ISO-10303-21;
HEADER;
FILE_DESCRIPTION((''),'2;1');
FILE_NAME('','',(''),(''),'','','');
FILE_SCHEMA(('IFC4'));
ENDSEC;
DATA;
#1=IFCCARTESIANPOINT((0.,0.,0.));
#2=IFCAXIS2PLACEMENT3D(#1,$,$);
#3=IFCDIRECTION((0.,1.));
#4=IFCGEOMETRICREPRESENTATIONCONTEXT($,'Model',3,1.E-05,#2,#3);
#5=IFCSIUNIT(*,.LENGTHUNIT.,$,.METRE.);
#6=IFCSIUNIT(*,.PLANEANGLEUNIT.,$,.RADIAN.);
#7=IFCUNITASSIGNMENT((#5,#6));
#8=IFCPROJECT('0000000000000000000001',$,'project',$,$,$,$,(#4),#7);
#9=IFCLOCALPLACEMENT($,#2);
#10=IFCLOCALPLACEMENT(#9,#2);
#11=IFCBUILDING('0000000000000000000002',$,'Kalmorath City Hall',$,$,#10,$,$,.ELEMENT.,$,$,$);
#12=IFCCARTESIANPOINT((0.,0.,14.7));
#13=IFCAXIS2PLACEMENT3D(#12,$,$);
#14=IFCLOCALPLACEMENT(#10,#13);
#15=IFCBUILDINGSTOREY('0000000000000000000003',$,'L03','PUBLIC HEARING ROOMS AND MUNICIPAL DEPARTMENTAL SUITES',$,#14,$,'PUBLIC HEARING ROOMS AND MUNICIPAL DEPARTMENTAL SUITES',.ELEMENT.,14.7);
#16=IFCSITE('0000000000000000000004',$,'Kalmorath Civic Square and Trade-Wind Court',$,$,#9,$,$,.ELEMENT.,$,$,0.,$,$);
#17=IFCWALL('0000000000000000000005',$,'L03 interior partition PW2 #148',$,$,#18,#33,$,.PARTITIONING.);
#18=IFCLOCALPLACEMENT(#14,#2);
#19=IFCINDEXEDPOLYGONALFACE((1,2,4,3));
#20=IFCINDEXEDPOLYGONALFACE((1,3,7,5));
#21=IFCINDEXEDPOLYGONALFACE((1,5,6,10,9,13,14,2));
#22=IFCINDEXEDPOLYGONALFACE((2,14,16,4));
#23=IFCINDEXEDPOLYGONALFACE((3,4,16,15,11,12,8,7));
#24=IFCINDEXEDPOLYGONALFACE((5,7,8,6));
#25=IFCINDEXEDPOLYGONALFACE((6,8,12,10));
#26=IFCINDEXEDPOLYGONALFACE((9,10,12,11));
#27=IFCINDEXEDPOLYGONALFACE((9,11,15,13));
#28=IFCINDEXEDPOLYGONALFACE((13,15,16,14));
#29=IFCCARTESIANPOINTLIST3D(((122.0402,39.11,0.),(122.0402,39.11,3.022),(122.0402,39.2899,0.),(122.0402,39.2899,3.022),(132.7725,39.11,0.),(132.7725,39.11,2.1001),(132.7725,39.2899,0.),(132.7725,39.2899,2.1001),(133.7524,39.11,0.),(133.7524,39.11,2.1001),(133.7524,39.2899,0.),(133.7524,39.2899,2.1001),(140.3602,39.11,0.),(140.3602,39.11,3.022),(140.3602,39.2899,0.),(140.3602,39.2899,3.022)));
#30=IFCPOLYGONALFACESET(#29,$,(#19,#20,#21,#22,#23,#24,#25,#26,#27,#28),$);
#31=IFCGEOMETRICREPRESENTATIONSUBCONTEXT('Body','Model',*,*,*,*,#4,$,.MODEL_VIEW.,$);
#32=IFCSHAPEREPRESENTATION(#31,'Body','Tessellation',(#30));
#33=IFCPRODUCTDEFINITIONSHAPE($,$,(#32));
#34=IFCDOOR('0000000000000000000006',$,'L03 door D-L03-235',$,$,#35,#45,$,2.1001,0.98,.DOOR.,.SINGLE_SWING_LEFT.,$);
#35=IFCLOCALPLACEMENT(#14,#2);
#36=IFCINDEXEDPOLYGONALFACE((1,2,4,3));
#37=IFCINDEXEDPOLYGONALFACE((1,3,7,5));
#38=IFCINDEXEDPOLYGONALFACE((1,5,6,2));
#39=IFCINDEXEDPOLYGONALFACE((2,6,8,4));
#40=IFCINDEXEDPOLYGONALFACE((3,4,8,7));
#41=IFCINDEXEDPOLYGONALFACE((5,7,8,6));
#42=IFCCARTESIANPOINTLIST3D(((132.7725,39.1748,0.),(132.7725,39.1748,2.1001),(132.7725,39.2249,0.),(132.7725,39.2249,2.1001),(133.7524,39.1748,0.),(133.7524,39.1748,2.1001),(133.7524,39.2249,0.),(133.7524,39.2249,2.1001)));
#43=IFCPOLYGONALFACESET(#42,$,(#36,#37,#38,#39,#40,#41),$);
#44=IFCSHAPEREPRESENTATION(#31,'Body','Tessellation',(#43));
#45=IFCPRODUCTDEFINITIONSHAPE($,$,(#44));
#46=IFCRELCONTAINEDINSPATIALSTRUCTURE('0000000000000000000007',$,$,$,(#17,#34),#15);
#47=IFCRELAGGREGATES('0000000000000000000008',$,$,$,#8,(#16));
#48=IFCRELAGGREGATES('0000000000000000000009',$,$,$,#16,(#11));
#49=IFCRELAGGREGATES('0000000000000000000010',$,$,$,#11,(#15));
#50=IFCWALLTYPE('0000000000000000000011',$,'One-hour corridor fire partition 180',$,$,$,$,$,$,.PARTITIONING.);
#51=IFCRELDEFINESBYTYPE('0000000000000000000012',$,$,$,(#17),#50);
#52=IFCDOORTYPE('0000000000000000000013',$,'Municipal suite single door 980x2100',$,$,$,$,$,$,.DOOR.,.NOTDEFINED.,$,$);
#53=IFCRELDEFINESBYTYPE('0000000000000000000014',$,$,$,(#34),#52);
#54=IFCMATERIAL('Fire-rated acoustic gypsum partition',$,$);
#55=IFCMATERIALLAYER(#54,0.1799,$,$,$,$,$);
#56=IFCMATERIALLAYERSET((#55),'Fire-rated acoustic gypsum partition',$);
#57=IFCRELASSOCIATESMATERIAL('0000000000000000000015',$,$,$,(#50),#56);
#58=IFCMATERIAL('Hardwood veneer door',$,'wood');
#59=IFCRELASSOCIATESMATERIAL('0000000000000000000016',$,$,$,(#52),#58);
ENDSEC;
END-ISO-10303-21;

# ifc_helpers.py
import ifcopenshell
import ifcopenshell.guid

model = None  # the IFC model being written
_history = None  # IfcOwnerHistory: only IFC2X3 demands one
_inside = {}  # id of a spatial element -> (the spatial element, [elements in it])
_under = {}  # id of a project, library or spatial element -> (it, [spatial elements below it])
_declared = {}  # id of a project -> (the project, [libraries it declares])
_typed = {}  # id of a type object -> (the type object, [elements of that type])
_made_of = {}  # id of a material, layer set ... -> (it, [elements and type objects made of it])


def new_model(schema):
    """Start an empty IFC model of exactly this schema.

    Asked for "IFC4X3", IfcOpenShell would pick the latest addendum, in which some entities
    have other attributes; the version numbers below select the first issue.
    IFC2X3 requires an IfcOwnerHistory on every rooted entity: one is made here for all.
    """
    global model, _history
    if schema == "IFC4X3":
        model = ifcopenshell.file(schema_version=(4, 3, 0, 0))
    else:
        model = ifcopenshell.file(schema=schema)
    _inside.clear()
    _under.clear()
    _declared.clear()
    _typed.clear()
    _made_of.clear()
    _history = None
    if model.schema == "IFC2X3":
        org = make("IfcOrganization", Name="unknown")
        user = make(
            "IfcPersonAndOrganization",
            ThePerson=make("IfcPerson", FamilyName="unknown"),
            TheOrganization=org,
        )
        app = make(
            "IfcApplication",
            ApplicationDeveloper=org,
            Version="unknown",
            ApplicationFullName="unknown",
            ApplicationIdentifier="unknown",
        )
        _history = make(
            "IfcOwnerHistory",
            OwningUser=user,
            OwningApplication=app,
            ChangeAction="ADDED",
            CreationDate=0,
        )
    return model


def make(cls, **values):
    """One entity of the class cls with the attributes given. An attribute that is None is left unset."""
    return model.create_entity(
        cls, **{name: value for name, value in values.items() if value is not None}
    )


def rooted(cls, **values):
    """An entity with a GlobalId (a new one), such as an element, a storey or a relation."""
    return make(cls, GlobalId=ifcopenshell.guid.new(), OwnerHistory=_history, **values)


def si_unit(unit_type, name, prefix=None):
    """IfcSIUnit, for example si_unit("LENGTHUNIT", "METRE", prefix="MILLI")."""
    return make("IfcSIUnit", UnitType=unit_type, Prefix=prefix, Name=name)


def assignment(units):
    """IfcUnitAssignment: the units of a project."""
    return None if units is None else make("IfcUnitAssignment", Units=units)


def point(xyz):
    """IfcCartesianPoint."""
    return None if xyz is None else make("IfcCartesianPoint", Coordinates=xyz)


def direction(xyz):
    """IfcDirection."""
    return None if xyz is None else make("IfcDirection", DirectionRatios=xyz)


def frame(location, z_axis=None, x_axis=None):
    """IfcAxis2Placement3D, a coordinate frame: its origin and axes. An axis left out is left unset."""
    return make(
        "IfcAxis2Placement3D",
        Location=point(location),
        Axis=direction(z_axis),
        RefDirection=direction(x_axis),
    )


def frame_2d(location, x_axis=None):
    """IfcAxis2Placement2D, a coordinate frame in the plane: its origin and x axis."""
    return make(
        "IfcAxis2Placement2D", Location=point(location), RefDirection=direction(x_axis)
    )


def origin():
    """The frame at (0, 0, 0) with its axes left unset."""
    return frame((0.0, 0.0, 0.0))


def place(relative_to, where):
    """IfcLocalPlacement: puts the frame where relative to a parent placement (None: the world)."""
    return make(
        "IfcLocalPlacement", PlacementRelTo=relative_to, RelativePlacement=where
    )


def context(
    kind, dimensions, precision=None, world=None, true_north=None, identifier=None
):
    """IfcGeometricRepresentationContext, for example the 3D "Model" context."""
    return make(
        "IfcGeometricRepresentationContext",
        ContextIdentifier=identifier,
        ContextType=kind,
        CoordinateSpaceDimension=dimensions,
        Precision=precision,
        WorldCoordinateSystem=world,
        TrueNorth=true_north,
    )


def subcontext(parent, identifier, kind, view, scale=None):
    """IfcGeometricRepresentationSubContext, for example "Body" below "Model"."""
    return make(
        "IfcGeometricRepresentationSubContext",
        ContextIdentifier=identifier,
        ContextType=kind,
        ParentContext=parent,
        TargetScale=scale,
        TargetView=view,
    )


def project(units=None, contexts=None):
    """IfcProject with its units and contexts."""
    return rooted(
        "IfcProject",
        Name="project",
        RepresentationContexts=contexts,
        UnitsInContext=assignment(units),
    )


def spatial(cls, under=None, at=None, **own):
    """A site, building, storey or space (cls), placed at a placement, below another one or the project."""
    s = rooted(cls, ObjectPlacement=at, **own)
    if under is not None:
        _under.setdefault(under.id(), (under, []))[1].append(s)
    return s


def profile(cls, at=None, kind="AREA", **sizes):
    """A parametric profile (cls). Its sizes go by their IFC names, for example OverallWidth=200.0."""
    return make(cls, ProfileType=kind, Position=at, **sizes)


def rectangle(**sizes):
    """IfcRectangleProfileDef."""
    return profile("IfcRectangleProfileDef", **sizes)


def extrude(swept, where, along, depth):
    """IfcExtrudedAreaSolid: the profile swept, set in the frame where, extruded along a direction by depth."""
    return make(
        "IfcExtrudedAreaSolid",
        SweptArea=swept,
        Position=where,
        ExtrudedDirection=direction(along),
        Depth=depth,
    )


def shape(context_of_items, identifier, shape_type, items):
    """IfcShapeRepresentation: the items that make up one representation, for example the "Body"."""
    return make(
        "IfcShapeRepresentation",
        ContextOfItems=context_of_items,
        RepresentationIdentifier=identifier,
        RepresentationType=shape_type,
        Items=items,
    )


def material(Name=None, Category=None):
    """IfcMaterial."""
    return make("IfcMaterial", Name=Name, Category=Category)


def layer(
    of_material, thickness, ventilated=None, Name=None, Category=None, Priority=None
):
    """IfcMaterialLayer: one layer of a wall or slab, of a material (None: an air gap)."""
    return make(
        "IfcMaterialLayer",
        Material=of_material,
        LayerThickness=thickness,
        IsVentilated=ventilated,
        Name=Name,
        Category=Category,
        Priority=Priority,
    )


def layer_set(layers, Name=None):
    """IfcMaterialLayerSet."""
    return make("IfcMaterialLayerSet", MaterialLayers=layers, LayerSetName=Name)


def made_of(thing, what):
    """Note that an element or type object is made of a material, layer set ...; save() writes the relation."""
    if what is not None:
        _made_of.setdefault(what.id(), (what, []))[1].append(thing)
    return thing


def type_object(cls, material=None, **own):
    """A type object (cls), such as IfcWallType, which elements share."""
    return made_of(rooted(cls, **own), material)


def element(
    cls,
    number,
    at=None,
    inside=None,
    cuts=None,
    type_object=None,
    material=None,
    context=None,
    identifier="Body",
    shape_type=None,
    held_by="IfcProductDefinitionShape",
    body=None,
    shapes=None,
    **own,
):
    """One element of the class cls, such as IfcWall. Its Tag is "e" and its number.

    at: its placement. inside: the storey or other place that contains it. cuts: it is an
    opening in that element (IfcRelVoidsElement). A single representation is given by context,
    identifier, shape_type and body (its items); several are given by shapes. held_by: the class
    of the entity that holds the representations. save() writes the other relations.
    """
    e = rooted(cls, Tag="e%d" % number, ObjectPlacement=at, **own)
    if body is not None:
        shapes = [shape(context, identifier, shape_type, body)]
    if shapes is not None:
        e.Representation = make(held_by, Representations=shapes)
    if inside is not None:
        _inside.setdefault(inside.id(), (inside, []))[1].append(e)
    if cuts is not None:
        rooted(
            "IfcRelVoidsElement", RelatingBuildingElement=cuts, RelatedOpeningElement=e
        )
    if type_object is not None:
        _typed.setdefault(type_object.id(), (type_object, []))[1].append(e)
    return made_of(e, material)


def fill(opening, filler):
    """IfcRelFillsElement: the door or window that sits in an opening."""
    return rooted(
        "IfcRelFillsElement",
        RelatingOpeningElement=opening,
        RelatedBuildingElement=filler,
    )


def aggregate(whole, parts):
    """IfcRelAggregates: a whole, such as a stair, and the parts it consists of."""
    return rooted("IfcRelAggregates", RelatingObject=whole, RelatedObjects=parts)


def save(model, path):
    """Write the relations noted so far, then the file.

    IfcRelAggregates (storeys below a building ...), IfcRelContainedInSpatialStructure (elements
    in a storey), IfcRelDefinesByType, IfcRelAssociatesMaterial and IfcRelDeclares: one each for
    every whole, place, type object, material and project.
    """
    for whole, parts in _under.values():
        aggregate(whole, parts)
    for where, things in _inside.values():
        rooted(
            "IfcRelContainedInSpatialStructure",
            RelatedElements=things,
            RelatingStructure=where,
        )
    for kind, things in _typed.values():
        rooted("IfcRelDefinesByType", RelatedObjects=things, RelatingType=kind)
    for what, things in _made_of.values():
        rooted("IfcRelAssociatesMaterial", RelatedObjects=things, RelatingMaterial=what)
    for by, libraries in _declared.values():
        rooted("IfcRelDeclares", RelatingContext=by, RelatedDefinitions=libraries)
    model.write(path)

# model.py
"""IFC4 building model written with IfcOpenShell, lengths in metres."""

from ifc_helpers import new_model, si_unit, direction, frame, frame_2d, origin, place, context, subcontext, project, spatial, rectangle, extrude, material, layer, layer_set, type_object, element, fill, save


model = new_model("IFC4")

# Units and contexts
model_context = context("Model", 3, precision=1e-05, world=origin(), true_north=direction((0.0, 1.0)))
body_context = subcontext(model_context, "Body", "Model", "MODEL_VIEW")
ifc_project = project(units=[si_unit("LENGTHUNIT", "METRE"), si_unit("PLANEANGLEUNIT", "RADIAN")], contexts=[model_context])

# Site, building, storey
site_placement = place(None, origin())
site = spatial("IfcSite", under=ifc_project, at=site_placement, Name="Kalmorath Civic Square and Trade-Wind Court", CompositionType="ELEMENT", RefElevation=0.0)
building_placement = place(site_placement, origin())
building = spatial("IfcBuilding", under=site, at=building_placement, Name="Kalmorath City Hall", CompositionType="ELEMENT")
storey_placement = place(building_placement, frame((0.0, 0.0, 14.7)))
storey = spatial("IfcBuildingStorey", under=building, at=storey_placement, Name="L03", Description="PUBLIC HEARING ROOMS AND MUNICIPAL DEPARTMENTAL SUITES", LongName="PUBLIC HEARING ROOMS AND MUNICIPAL DEPARTMENTAL SUITES", CompositionType="ELEMENT", Elevation=14.7)

# Wall, opening, door
ifc_material_1 = material(Name="Fire-rated acoustic gypsum partition")
ifc_layer_1 = layer(ifc_material_1, 0.1799)
ifc_layer_set_1 = layer_set([ifc_layer_1], Name="Fire-rated acoustic gypsum partition")
wall_type_1 = type_object("IfcWallType", Name="One-hour corridor fire partition 180", PredefinedType="PARTITIONING", material=ifc_layer_set_1)
wall_1_placement = place(storey_placement, frame((122.04, 39.2, 0.0), z_axis=(0.0, 0.0, 1.0), x_axis=(1.0, 0.0, 0.0)))
wall_1 = element("IfcWall", 1, at=wall_1_placement, inside=storey, type_object=wall_type_1, Name="L03 interior partition PW2 #148", PredefinedType="PARTITIONING", context=body_context, shape_type="SweptSolid", body=[
    extrude(rectangle(XDim=18.3201, YDim=0.1799, at=frame_2d((9.1602, 0.0))), origin(), (0.0, 0.0, 1.0), 3.022),
])
opening_1_placement = place(wall_1_placement, frame((10.7324, 0.0, 0.0)))
opening_1 = element("IfcOpeningElement", 2, at=opening_1_placement, cuts=wall_1, PredefinedType="OPENING", context=body_context, shape_type="SweptSolid", body=[
    extrude(rectangle(XDim=0.98, YDim=2.1001, at=frame_2d((0.49, 1.05))), frame((0.0, 0.0999, 0.0), z_axis=(0.0, -1.0, 0.0), x_axis=(1.0, 0.0, 0.0)), (0.0, 0.0, 1.0), 0.2),
])
ifc_material_2 = material(Name="Hardwood veneer door", Category="wood")
door_type = type_object("IfcDoorType", Name="Municipal suite single door 980x2100", OperationType="NOTDEFINED", PredefinedType="DOOR", material=ifc_material_2)
door_placement = place(opening_1_placement, origin())
door = element("IfcDoor", 3, at=door_placement, inside=storey, type_object=door_type, Name="L03 door D-L03-235", OperationType="SINGLE_SWING_LEFT", OverallHeight=2.1001, OverallWidth=0.98, PredefinedType="DOOR", context=body_context, shape_type="SweptSolid", body=[
    extrude(rectangle(XDim=0.98, YDim=2.1001, at=frame_2d((0.49, 1.05))), frame((0.0, 0.0249, 0.0), z_axis=(0.0, -1.0, 0.0), x_axis=(1.0, 0.0, 0.0)), (0.0, 0.0, 1.0), 0.05),
])
fill(opening_1, door)

save(model, "model.ifc")
